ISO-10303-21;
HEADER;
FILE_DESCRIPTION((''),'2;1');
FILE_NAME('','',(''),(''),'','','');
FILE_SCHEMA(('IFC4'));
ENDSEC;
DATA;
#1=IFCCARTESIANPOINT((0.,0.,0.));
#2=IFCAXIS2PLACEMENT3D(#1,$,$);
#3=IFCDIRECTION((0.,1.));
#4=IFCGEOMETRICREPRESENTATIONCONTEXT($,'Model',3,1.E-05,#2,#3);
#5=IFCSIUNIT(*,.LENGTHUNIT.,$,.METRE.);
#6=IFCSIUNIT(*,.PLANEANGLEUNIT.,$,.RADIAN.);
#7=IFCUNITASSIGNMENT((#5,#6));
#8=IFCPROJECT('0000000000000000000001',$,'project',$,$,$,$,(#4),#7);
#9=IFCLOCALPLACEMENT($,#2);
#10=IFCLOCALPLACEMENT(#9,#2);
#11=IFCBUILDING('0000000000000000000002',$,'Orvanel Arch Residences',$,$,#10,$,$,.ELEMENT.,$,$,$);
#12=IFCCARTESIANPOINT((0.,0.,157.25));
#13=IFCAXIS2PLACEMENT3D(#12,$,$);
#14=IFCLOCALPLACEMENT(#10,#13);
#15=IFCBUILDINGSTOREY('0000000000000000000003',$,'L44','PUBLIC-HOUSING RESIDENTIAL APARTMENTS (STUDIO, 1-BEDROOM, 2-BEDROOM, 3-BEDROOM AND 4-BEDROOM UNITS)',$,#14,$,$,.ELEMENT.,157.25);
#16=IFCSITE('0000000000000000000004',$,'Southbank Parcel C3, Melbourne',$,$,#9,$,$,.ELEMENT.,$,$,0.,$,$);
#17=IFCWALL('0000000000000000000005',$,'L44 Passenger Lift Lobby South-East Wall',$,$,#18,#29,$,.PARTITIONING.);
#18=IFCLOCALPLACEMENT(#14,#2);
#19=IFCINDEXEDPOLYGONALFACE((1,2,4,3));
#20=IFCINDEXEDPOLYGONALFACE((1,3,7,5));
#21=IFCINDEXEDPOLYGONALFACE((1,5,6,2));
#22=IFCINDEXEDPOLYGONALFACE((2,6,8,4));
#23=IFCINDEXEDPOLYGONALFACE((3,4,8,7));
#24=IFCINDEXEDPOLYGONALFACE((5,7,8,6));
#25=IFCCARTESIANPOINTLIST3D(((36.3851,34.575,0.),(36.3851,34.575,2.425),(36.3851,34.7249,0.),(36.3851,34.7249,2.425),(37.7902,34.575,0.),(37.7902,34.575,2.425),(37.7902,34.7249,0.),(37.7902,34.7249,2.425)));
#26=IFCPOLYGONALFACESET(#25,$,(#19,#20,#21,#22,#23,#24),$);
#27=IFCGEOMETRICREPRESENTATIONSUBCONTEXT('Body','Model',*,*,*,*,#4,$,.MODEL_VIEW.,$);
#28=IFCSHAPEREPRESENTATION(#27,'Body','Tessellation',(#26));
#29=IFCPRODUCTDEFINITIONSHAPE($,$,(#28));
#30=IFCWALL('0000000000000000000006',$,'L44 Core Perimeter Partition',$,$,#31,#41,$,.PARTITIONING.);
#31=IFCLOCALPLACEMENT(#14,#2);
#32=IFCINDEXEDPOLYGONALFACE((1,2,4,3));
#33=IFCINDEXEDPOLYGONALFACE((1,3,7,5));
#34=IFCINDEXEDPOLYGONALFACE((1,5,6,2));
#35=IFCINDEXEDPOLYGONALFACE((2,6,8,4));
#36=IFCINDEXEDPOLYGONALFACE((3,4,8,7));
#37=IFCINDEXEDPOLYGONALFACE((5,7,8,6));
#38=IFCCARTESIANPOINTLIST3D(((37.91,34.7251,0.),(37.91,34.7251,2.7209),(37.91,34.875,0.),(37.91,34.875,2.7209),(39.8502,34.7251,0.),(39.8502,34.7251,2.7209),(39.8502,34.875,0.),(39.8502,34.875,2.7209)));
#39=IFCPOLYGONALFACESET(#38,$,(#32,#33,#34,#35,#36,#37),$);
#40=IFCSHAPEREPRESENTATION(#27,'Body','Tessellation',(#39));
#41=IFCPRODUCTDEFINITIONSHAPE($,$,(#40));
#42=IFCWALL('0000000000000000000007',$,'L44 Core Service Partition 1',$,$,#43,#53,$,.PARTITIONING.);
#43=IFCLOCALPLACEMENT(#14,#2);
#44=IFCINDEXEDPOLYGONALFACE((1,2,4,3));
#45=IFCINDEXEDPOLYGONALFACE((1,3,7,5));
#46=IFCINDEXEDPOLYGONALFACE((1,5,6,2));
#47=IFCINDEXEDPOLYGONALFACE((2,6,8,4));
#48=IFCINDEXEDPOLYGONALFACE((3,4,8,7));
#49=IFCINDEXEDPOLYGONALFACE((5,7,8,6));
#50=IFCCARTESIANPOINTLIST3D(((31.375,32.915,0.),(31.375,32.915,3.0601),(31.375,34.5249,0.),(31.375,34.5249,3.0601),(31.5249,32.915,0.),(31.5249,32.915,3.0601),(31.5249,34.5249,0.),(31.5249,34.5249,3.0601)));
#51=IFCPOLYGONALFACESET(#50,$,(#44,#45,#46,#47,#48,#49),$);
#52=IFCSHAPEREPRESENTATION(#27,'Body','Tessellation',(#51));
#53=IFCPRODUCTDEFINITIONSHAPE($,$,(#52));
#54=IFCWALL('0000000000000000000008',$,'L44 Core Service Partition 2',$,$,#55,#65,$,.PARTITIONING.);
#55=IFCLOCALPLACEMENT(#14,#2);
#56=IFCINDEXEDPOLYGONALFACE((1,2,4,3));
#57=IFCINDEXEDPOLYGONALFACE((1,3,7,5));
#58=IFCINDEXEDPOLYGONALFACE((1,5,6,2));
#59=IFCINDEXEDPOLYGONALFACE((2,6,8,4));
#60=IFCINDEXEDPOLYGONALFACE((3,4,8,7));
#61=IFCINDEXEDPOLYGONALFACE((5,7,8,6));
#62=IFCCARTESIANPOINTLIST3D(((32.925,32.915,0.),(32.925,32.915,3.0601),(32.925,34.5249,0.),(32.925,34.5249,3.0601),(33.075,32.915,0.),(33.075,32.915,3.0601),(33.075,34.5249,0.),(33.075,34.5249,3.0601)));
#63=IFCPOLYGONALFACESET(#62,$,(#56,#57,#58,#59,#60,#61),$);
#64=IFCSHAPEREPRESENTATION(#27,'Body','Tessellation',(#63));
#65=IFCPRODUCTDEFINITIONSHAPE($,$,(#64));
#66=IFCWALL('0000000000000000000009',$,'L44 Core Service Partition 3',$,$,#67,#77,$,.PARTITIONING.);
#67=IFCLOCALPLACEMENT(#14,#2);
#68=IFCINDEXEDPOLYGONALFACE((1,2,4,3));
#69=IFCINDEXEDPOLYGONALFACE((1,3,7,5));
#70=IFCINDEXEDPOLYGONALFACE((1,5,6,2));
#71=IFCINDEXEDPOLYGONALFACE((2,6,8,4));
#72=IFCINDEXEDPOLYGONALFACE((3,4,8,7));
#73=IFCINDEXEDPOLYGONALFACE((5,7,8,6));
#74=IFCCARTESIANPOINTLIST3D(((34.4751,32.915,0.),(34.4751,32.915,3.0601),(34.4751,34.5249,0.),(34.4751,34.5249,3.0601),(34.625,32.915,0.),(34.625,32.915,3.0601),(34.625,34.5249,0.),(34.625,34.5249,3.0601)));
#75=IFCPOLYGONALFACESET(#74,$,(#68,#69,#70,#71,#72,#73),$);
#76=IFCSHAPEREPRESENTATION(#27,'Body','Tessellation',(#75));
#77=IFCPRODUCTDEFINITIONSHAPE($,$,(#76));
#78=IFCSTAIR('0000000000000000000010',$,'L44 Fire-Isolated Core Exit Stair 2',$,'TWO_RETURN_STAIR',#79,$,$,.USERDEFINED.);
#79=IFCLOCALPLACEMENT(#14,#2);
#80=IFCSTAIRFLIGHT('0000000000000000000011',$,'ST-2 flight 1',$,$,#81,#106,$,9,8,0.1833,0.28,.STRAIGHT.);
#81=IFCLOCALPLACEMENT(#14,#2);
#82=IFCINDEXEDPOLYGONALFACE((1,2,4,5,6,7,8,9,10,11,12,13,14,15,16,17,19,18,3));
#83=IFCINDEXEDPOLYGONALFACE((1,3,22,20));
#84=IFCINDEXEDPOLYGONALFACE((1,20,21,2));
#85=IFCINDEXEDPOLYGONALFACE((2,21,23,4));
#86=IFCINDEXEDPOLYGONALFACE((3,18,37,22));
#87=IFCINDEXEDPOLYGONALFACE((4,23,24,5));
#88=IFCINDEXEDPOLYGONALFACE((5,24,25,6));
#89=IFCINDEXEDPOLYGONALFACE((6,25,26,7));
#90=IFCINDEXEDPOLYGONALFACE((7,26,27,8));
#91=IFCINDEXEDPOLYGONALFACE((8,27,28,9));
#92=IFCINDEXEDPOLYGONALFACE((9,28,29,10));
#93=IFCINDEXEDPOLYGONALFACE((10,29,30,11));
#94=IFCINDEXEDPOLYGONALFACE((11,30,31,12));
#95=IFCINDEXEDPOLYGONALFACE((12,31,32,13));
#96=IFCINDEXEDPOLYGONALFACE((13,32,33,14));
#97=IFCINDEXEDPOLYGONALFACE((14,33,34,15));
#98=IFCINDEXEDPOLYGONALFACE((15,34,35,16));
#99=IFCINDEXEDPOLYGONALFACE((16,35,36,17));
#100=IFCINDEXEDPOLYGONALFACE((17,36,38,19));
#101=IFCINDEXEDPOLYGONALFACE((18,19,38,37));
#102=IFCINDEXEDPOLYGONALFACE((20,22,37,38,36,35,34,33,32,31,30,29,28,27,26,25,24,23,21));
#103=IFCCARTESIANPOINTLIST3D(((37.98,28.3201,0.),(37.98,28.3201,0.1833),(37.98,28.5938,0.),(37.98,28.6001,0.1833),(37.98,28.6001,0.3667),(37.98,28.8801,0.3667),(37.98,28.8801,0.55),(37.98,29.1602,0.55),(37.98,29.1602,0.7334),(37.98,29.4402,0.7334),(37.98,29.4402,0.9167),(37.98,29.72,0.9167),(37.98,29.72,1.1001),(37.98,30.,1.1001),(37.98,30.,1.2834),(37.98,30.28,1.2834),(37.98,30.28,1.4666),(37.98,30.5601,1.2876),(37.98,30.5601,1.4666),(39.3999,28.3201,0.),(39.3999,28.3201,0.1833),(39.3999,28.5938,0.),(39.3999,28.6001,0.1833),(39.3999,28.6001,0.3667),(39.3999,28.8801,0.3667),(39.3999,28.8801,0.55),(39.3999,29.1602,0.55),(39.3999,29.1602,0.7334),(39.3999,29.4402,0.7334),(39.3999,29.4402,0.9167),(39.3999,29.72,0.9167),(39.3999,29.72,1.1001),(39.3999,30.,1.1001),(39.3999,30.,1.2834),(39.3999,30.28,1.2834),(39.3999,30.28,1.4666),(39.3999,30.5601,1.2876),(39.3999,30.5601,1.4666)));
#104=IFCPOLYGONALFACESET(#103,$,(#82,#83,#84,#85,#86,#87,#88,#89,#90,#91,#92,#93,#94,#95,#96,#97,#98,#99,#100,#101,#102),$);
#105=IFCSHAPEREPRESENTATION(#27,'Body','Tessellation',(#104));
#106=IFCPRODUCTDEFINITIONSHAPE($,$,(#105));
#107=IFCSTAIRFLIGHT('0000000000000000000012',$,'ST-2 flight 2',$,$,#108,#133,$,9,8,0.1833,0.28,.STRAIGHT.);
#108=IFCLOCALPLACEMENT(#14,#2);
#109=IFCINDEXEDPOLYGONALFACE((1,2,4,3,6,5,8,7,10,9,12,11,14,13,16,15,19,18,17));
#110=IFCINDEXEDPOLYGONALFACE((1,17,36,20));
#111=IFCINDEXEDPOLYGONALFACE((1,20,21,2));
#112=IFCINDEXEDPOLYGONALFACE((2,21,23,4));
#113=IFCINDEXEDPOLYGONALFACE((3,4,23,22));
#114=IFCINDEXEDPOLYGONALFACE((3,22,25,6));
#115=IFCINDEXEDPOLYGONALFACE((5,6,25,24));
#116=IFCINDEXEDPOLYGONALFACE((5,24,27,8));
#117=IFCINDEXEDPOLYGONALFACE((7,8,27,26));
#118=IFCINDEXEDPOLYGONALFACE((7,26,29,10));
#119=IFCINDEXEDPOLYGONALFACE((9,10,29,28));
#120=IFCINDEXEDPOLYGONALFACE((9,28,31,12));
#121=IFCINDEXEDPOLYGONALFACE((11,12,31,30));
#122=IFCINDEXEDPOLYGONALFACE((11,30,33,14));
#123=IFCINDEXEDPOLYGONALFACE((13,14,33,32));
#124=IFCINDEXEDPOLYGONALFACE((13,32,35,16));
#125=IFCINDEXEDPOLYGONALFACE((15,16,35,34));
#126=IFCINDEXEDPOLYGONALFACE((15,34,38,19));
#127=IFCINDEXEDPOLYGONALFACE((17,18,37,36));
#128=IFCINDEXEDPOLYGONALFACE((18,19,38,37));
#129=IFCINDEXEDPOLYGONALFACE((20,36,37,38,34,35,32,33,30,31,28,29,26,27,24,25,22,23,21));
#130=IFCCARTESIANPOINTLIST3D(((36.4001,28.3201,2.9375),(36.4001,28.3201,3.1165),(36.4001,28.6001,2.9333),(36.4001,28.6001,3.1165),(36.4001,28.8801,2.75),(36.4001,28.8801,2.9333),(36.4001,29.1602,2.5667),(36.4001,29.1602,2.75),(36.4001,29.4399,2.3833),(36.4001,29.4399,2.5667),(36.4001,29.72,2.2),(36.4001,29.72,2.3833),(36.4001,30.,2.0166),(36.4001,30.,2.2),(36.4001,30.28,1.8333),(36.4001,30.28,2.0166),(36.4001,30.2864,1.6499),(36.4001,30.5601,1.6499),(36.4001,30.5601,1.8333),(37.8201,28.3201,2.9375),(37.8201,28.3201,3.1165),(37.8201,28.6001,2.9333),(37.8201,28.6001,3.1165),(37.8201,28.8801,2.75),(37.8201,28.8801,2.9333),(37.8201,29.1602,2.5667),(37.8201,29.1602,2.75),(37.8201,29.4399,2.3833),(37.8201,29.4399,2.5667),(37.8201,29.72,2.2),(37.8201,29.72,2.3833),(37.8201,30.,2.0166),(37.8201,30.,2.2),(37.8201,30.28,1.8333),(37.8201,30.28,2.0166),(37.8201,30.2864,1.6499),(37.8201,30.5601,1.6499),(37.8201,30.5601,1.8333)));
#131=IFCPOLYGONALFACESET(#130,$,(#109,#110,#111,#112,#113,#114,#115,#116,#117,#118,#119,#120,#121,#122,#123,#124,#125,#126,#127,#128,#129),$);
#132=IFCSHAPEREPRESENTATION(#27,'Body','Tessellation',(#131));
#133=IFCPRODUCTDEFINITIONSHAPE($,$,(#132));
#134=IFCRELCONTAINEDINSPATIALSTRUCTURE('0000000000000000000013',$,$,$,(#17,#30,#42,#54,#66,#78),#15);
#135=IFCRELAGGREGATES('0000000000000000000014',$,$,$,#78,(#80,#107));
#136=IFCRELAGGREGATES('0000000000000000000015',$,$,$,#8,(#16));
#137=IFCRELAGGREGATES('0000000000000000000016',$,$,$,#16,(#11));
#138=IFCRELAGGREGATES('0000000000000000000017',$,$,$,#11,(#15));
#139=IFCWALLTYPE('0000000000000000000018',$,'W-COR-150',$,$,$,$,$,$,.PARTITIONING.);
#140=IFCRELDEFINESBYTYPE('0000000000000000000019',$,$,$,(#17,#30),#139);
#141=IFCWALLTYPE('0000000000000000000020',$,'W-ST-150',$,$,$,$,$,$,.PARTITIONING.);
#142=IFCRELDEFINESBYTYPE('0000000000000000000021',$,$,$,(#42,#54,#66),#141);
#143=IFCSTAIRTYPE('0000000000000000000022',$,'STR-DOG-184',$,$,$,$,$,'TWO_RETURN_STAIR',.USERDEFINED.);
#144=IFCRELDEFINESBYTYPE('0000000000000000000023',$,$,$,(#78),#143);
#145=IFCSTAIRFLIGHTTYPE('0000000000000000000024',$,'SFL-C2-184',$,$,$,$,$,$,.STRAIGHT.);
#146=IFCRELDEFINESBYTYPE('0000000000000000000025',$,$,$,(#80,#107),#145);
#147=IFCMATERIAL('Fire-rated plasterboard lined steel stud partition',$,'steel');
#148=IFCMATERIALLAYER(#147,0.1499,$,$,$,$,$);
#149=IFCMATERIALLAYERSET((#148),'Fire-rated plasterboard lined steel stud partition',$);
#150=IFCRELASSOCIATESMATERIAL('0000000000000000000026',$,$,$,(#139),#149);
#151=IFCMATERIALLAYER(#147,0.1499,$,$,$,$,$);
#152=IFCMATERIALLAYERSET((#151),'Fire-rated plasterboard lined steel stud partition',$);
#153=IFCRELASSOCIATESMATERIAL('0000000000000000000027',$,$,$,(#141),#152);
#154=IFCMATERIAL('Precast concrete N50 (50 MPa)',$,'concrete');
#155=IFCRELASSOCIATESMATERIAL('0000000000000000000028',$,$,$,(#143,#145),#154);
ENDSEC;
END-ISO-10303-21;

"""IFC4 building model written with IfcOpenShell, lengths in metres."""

from ifc_helpers import new_model, si_unit, direction, frame, frame_2d, origin, place, context, subcontext, project, spatial, polyline, rectangle, outline, extrude, material, layer, layer_set, type_object, element, aggregate, save


model = new_model("IFC4")

# Units and contexts
model_context = context("Model", 3, precision=1e-05, world=origin(), true_north=direction((0.0, 1.0)))
body_context = subcontext(model_context, "Body", "Model", "MODEL_VIEW")
ifc_project = project(units=[si_unit("LENGTHUNIT", "METRE"), si_unit("PLANEANGLEUNIT", "RADIAN")], contexts=[model_context])

# Site, building, storey
site_placement = place(None, origin())
site = spatial("IfcSite", under=ifc_project, at=site_placement, Name="Southbank Parcel C3, Melbourne", CompositionType="ELEMENT", RefElevation=0.0)
building_placement = place(site_placement, origin())
building = spatial("IfcBuilding", under=site, at=building_placement, Name="Orvanel Arch Residences", CompositionType="ELEMENT")
storey_placement = place(building_placement, frame((0.0, 0.0, 157.25)))
storey = spatial("IfcBuildingStorey", under=building, at=storey_placement, Name="L44", Description="PUBLIC-HOUSING RESIDENTIAL APARTMENTS (STUDIO, 1-BEDROOM, 2-BEDROOM, 3-BEDROOM AND 4-BEDROOM UNITS)", CompositionType="ELEMENT", Elevation=157.25)

# Walls
ifc_material_1 = material(Name="Fire-rated plasterboard lined steel stud partition", Category="steel")
ifc_layer_1 = layer(ifc_material_1, 0.1499)
ifc_layer_set_1 = layer_set([ifc_layer_1], Name="Fire-rated plasterboard lined steel stud partition")
wall_type_1 = type_object("IfcWallType", Name="W-COR-150", PredefinedType="PARTITIONING", material=ifc_layer_set_1)
wall_1_placement = place(storey_placement, frame((36.385, 34.6499, 0.0), z_axis=(0.0, 0.0, 1.0), x_axis=(1.0, 0.0, 0.0)))
element("IfcWall", 1, at=wall_1_placement, inside=storey, type_object=wall_type_1, Name="L44 Passenger Lift Lobby South-East Wall", PredefinedType="PARTITIONING", context=body_context, shape_type="SweptSolid", body=[
    extrude(rectangle(XDim=1.405, YDim=0.1499, at=frame_2d((0.7026, 0.0))), origin(), (0.0, 0.0, 1.0), 2.425),
])
wall_2_placement = place(storey_placement, frame((37.9099, 34.8, 0.0), z_axis=(0.0, 0.0, 1.0), x_axis=(1.0, 0.0, 0.0)))
element("IfcWall", 2, at=wall_2_placement, inside=storey, type_object=wall_type_1, Name="L44 Core Perimeter Partition", PredefinedType="PARTITIONING", context=body_context, shape_type="SweptSolid", body=[
    extrude(rectangle(XDim=1.9402, YDim=0.1499, at=frame_2d((0.9702, 0.0))), origin(), (0.0, 0.0, 1.0), 2.7209),
])
ifc_layer_2 = layer(ifc_material_1, 0.1499)
ifc_layer_set_2 = layer_set([ifc_layer_2], Name="Fire-rated plasterboard lined steel stud partition")
wall_type_2 = type_object("IfcWallType", Name="W-ST-150", PredefinedType="PARTITIONING", material=ifc_layer_set_2)
for number, where, z_axis, x_axis, name in (
    (3, (31.45, 32.915, 0.0), (0.0, 0.0, 1.0), (0.0, 1.0, 0.0), "L44 Core Service Partition 1"),
    (4, (33.0, 32.915, 0.0), (0.0, 0.0, 1.0), (0.0, 1.0, 0.0), "L44 Core Service Partition 2"),
    (5, (34.55, 32.915, 0.0), (0.0, 0.0, 1.0), (0.0, 1.0, 0.0), "L44 Core Service Partition 3"),
):
    element("IfcWall", number, at=place(storey_placement, frame(where, z_axis=z_axis, x_axis=x_axis)), inside=storey, type_object=wall_type_2, Name=name, PredefinedType="PARTITIONING", context=body_context, shape_type="SweptSolid", body=[
        extrude(rectangle(XDim=1.6099, YDim=0.1499, at=frame_2d((0.8049, 0.0))), origin(), (0.0, 0.0, 1.0), 3.0601),
    ])

# Stair, stair flights
ifc_material_2 = material(Name="Precast concrete N50 (50 MPa)", Category="concrete")
stair_type = type_object("IfcStairType", Name="STR-DOG-184", ElementType="TWO_RETURN_STAIR", PredefinedType="USERDEFINED", material=ifc_material_2)
stair_placement = place(storey_placement, origin())
stair = element("IfcStair", 6, at=stair_placement, inside=storey, type_object=stair_type, Name="L44 Fire-Isolated Core Exit Stair 2", ObjectType="TWO_RETURN_STAIR", PredefinedType="USERDEFINED")
stair_flight_type = type_object("IfcStairFlightType", Name="SFL-C2-184", PredefinedType="STRAIGHT", material=ifc_material_2)
stair_flight_1_placement = place(storey_placement, frame((38.6899, 28.3201, 0.0), z_axis=(0.0, 0.0, 1.0), x_axis=(0.0, 1.0, 0.0)))
stair_flight_1 = element("IfcStairFlight", 7, at=stair_flight_1_placement, type_object=stair_flight_type, Name="ST-2 flight 1", NumberOfRisers=9, NumberOfTreads=8, PredefinedType="STRAIGHT", RiserHeight=0.1833, TreadLength=0.28, context=body_context, shape_type="SweptSolid", body=[
    extrude(outline(polyline([(0.0, 0.0), (0.0, 0.1833), (0.28, 0.1833), (0.28, 0.3667), (0.5601, 0.3667), (0.5601, 0.55), (0.8401, 0.55), (0.8401, 0.7334), (1.1201, 0.7334), (1.1201, 0.9167), (1.3999, 0.9167), (1.3999, 1.1001), (1.6799, 1.1001), (1.6799, 1.2834), (1.96, 1.2834), (1.96, 1.4666), (2.24, 1.4666), (2.24, 1.6499), (2.24, 1.2876), (0.2737, 0.0), (0.0, 0.0)])), frame((0.0, 0.71, 0.0), z_axis=(0.0, -1.0, 0.0), x_axis=(1.0, 0.0, 0.0)), (0.0, 0.0, 1.0), 1.4199),
])
stair_flight_2_placement = place(storey_placement, frame((37.1101, 30.5601, 1.6499), z_axis=(0.0, 0.0, 1.0), x_axis=(0.0, -1.0, 0.0)))
stair_flight_2 = element("IfcStairFlight", 8, at=stair_flight_2_placement, type_object=stair_flight_type, Name="ST-2 flight 2", NumberOfRisers=9, NumberOfTreads=8, PredefinedType="STRAIGHT", RiserHeight=0.1833, TreadLength=0.28, context=body_context, shape_type="SweptSolid", body=[
    extrude(outline(polyline([(0.0, 0.0), (0.0, 0.1833), (0.28, 0.1833), (0.28, 0.3667), (0.5601, 0.3667), (0.5601, 0.55), (0.8401, 0.55), (0.8401, 0.7334), (1.1201, 0.7334), (1.1201, 0.9167), (1.3999, 0.9167), (1.3999, 1.1001), (1.6799, 1.1001), (1.6799, 1.2834), (1.96, 1.2834), (1.96, 1.4666), (2.24, 1.4666), (2.24, 1.6499), (2.24, 1.2876), (0.2737, 0.0), (0.0, 0.0)])), frame((0.0, 0.71, 0.0), z_axis=(0.0, -1.0, 0.0), x_axis=(1.0, 0.0, 0.0)), (0.0, 0.0, 1.0), 1.4199),
])
aggregate(stair, [stair_flight_1, stair_flight_2])

save(model, "model.ifc")
